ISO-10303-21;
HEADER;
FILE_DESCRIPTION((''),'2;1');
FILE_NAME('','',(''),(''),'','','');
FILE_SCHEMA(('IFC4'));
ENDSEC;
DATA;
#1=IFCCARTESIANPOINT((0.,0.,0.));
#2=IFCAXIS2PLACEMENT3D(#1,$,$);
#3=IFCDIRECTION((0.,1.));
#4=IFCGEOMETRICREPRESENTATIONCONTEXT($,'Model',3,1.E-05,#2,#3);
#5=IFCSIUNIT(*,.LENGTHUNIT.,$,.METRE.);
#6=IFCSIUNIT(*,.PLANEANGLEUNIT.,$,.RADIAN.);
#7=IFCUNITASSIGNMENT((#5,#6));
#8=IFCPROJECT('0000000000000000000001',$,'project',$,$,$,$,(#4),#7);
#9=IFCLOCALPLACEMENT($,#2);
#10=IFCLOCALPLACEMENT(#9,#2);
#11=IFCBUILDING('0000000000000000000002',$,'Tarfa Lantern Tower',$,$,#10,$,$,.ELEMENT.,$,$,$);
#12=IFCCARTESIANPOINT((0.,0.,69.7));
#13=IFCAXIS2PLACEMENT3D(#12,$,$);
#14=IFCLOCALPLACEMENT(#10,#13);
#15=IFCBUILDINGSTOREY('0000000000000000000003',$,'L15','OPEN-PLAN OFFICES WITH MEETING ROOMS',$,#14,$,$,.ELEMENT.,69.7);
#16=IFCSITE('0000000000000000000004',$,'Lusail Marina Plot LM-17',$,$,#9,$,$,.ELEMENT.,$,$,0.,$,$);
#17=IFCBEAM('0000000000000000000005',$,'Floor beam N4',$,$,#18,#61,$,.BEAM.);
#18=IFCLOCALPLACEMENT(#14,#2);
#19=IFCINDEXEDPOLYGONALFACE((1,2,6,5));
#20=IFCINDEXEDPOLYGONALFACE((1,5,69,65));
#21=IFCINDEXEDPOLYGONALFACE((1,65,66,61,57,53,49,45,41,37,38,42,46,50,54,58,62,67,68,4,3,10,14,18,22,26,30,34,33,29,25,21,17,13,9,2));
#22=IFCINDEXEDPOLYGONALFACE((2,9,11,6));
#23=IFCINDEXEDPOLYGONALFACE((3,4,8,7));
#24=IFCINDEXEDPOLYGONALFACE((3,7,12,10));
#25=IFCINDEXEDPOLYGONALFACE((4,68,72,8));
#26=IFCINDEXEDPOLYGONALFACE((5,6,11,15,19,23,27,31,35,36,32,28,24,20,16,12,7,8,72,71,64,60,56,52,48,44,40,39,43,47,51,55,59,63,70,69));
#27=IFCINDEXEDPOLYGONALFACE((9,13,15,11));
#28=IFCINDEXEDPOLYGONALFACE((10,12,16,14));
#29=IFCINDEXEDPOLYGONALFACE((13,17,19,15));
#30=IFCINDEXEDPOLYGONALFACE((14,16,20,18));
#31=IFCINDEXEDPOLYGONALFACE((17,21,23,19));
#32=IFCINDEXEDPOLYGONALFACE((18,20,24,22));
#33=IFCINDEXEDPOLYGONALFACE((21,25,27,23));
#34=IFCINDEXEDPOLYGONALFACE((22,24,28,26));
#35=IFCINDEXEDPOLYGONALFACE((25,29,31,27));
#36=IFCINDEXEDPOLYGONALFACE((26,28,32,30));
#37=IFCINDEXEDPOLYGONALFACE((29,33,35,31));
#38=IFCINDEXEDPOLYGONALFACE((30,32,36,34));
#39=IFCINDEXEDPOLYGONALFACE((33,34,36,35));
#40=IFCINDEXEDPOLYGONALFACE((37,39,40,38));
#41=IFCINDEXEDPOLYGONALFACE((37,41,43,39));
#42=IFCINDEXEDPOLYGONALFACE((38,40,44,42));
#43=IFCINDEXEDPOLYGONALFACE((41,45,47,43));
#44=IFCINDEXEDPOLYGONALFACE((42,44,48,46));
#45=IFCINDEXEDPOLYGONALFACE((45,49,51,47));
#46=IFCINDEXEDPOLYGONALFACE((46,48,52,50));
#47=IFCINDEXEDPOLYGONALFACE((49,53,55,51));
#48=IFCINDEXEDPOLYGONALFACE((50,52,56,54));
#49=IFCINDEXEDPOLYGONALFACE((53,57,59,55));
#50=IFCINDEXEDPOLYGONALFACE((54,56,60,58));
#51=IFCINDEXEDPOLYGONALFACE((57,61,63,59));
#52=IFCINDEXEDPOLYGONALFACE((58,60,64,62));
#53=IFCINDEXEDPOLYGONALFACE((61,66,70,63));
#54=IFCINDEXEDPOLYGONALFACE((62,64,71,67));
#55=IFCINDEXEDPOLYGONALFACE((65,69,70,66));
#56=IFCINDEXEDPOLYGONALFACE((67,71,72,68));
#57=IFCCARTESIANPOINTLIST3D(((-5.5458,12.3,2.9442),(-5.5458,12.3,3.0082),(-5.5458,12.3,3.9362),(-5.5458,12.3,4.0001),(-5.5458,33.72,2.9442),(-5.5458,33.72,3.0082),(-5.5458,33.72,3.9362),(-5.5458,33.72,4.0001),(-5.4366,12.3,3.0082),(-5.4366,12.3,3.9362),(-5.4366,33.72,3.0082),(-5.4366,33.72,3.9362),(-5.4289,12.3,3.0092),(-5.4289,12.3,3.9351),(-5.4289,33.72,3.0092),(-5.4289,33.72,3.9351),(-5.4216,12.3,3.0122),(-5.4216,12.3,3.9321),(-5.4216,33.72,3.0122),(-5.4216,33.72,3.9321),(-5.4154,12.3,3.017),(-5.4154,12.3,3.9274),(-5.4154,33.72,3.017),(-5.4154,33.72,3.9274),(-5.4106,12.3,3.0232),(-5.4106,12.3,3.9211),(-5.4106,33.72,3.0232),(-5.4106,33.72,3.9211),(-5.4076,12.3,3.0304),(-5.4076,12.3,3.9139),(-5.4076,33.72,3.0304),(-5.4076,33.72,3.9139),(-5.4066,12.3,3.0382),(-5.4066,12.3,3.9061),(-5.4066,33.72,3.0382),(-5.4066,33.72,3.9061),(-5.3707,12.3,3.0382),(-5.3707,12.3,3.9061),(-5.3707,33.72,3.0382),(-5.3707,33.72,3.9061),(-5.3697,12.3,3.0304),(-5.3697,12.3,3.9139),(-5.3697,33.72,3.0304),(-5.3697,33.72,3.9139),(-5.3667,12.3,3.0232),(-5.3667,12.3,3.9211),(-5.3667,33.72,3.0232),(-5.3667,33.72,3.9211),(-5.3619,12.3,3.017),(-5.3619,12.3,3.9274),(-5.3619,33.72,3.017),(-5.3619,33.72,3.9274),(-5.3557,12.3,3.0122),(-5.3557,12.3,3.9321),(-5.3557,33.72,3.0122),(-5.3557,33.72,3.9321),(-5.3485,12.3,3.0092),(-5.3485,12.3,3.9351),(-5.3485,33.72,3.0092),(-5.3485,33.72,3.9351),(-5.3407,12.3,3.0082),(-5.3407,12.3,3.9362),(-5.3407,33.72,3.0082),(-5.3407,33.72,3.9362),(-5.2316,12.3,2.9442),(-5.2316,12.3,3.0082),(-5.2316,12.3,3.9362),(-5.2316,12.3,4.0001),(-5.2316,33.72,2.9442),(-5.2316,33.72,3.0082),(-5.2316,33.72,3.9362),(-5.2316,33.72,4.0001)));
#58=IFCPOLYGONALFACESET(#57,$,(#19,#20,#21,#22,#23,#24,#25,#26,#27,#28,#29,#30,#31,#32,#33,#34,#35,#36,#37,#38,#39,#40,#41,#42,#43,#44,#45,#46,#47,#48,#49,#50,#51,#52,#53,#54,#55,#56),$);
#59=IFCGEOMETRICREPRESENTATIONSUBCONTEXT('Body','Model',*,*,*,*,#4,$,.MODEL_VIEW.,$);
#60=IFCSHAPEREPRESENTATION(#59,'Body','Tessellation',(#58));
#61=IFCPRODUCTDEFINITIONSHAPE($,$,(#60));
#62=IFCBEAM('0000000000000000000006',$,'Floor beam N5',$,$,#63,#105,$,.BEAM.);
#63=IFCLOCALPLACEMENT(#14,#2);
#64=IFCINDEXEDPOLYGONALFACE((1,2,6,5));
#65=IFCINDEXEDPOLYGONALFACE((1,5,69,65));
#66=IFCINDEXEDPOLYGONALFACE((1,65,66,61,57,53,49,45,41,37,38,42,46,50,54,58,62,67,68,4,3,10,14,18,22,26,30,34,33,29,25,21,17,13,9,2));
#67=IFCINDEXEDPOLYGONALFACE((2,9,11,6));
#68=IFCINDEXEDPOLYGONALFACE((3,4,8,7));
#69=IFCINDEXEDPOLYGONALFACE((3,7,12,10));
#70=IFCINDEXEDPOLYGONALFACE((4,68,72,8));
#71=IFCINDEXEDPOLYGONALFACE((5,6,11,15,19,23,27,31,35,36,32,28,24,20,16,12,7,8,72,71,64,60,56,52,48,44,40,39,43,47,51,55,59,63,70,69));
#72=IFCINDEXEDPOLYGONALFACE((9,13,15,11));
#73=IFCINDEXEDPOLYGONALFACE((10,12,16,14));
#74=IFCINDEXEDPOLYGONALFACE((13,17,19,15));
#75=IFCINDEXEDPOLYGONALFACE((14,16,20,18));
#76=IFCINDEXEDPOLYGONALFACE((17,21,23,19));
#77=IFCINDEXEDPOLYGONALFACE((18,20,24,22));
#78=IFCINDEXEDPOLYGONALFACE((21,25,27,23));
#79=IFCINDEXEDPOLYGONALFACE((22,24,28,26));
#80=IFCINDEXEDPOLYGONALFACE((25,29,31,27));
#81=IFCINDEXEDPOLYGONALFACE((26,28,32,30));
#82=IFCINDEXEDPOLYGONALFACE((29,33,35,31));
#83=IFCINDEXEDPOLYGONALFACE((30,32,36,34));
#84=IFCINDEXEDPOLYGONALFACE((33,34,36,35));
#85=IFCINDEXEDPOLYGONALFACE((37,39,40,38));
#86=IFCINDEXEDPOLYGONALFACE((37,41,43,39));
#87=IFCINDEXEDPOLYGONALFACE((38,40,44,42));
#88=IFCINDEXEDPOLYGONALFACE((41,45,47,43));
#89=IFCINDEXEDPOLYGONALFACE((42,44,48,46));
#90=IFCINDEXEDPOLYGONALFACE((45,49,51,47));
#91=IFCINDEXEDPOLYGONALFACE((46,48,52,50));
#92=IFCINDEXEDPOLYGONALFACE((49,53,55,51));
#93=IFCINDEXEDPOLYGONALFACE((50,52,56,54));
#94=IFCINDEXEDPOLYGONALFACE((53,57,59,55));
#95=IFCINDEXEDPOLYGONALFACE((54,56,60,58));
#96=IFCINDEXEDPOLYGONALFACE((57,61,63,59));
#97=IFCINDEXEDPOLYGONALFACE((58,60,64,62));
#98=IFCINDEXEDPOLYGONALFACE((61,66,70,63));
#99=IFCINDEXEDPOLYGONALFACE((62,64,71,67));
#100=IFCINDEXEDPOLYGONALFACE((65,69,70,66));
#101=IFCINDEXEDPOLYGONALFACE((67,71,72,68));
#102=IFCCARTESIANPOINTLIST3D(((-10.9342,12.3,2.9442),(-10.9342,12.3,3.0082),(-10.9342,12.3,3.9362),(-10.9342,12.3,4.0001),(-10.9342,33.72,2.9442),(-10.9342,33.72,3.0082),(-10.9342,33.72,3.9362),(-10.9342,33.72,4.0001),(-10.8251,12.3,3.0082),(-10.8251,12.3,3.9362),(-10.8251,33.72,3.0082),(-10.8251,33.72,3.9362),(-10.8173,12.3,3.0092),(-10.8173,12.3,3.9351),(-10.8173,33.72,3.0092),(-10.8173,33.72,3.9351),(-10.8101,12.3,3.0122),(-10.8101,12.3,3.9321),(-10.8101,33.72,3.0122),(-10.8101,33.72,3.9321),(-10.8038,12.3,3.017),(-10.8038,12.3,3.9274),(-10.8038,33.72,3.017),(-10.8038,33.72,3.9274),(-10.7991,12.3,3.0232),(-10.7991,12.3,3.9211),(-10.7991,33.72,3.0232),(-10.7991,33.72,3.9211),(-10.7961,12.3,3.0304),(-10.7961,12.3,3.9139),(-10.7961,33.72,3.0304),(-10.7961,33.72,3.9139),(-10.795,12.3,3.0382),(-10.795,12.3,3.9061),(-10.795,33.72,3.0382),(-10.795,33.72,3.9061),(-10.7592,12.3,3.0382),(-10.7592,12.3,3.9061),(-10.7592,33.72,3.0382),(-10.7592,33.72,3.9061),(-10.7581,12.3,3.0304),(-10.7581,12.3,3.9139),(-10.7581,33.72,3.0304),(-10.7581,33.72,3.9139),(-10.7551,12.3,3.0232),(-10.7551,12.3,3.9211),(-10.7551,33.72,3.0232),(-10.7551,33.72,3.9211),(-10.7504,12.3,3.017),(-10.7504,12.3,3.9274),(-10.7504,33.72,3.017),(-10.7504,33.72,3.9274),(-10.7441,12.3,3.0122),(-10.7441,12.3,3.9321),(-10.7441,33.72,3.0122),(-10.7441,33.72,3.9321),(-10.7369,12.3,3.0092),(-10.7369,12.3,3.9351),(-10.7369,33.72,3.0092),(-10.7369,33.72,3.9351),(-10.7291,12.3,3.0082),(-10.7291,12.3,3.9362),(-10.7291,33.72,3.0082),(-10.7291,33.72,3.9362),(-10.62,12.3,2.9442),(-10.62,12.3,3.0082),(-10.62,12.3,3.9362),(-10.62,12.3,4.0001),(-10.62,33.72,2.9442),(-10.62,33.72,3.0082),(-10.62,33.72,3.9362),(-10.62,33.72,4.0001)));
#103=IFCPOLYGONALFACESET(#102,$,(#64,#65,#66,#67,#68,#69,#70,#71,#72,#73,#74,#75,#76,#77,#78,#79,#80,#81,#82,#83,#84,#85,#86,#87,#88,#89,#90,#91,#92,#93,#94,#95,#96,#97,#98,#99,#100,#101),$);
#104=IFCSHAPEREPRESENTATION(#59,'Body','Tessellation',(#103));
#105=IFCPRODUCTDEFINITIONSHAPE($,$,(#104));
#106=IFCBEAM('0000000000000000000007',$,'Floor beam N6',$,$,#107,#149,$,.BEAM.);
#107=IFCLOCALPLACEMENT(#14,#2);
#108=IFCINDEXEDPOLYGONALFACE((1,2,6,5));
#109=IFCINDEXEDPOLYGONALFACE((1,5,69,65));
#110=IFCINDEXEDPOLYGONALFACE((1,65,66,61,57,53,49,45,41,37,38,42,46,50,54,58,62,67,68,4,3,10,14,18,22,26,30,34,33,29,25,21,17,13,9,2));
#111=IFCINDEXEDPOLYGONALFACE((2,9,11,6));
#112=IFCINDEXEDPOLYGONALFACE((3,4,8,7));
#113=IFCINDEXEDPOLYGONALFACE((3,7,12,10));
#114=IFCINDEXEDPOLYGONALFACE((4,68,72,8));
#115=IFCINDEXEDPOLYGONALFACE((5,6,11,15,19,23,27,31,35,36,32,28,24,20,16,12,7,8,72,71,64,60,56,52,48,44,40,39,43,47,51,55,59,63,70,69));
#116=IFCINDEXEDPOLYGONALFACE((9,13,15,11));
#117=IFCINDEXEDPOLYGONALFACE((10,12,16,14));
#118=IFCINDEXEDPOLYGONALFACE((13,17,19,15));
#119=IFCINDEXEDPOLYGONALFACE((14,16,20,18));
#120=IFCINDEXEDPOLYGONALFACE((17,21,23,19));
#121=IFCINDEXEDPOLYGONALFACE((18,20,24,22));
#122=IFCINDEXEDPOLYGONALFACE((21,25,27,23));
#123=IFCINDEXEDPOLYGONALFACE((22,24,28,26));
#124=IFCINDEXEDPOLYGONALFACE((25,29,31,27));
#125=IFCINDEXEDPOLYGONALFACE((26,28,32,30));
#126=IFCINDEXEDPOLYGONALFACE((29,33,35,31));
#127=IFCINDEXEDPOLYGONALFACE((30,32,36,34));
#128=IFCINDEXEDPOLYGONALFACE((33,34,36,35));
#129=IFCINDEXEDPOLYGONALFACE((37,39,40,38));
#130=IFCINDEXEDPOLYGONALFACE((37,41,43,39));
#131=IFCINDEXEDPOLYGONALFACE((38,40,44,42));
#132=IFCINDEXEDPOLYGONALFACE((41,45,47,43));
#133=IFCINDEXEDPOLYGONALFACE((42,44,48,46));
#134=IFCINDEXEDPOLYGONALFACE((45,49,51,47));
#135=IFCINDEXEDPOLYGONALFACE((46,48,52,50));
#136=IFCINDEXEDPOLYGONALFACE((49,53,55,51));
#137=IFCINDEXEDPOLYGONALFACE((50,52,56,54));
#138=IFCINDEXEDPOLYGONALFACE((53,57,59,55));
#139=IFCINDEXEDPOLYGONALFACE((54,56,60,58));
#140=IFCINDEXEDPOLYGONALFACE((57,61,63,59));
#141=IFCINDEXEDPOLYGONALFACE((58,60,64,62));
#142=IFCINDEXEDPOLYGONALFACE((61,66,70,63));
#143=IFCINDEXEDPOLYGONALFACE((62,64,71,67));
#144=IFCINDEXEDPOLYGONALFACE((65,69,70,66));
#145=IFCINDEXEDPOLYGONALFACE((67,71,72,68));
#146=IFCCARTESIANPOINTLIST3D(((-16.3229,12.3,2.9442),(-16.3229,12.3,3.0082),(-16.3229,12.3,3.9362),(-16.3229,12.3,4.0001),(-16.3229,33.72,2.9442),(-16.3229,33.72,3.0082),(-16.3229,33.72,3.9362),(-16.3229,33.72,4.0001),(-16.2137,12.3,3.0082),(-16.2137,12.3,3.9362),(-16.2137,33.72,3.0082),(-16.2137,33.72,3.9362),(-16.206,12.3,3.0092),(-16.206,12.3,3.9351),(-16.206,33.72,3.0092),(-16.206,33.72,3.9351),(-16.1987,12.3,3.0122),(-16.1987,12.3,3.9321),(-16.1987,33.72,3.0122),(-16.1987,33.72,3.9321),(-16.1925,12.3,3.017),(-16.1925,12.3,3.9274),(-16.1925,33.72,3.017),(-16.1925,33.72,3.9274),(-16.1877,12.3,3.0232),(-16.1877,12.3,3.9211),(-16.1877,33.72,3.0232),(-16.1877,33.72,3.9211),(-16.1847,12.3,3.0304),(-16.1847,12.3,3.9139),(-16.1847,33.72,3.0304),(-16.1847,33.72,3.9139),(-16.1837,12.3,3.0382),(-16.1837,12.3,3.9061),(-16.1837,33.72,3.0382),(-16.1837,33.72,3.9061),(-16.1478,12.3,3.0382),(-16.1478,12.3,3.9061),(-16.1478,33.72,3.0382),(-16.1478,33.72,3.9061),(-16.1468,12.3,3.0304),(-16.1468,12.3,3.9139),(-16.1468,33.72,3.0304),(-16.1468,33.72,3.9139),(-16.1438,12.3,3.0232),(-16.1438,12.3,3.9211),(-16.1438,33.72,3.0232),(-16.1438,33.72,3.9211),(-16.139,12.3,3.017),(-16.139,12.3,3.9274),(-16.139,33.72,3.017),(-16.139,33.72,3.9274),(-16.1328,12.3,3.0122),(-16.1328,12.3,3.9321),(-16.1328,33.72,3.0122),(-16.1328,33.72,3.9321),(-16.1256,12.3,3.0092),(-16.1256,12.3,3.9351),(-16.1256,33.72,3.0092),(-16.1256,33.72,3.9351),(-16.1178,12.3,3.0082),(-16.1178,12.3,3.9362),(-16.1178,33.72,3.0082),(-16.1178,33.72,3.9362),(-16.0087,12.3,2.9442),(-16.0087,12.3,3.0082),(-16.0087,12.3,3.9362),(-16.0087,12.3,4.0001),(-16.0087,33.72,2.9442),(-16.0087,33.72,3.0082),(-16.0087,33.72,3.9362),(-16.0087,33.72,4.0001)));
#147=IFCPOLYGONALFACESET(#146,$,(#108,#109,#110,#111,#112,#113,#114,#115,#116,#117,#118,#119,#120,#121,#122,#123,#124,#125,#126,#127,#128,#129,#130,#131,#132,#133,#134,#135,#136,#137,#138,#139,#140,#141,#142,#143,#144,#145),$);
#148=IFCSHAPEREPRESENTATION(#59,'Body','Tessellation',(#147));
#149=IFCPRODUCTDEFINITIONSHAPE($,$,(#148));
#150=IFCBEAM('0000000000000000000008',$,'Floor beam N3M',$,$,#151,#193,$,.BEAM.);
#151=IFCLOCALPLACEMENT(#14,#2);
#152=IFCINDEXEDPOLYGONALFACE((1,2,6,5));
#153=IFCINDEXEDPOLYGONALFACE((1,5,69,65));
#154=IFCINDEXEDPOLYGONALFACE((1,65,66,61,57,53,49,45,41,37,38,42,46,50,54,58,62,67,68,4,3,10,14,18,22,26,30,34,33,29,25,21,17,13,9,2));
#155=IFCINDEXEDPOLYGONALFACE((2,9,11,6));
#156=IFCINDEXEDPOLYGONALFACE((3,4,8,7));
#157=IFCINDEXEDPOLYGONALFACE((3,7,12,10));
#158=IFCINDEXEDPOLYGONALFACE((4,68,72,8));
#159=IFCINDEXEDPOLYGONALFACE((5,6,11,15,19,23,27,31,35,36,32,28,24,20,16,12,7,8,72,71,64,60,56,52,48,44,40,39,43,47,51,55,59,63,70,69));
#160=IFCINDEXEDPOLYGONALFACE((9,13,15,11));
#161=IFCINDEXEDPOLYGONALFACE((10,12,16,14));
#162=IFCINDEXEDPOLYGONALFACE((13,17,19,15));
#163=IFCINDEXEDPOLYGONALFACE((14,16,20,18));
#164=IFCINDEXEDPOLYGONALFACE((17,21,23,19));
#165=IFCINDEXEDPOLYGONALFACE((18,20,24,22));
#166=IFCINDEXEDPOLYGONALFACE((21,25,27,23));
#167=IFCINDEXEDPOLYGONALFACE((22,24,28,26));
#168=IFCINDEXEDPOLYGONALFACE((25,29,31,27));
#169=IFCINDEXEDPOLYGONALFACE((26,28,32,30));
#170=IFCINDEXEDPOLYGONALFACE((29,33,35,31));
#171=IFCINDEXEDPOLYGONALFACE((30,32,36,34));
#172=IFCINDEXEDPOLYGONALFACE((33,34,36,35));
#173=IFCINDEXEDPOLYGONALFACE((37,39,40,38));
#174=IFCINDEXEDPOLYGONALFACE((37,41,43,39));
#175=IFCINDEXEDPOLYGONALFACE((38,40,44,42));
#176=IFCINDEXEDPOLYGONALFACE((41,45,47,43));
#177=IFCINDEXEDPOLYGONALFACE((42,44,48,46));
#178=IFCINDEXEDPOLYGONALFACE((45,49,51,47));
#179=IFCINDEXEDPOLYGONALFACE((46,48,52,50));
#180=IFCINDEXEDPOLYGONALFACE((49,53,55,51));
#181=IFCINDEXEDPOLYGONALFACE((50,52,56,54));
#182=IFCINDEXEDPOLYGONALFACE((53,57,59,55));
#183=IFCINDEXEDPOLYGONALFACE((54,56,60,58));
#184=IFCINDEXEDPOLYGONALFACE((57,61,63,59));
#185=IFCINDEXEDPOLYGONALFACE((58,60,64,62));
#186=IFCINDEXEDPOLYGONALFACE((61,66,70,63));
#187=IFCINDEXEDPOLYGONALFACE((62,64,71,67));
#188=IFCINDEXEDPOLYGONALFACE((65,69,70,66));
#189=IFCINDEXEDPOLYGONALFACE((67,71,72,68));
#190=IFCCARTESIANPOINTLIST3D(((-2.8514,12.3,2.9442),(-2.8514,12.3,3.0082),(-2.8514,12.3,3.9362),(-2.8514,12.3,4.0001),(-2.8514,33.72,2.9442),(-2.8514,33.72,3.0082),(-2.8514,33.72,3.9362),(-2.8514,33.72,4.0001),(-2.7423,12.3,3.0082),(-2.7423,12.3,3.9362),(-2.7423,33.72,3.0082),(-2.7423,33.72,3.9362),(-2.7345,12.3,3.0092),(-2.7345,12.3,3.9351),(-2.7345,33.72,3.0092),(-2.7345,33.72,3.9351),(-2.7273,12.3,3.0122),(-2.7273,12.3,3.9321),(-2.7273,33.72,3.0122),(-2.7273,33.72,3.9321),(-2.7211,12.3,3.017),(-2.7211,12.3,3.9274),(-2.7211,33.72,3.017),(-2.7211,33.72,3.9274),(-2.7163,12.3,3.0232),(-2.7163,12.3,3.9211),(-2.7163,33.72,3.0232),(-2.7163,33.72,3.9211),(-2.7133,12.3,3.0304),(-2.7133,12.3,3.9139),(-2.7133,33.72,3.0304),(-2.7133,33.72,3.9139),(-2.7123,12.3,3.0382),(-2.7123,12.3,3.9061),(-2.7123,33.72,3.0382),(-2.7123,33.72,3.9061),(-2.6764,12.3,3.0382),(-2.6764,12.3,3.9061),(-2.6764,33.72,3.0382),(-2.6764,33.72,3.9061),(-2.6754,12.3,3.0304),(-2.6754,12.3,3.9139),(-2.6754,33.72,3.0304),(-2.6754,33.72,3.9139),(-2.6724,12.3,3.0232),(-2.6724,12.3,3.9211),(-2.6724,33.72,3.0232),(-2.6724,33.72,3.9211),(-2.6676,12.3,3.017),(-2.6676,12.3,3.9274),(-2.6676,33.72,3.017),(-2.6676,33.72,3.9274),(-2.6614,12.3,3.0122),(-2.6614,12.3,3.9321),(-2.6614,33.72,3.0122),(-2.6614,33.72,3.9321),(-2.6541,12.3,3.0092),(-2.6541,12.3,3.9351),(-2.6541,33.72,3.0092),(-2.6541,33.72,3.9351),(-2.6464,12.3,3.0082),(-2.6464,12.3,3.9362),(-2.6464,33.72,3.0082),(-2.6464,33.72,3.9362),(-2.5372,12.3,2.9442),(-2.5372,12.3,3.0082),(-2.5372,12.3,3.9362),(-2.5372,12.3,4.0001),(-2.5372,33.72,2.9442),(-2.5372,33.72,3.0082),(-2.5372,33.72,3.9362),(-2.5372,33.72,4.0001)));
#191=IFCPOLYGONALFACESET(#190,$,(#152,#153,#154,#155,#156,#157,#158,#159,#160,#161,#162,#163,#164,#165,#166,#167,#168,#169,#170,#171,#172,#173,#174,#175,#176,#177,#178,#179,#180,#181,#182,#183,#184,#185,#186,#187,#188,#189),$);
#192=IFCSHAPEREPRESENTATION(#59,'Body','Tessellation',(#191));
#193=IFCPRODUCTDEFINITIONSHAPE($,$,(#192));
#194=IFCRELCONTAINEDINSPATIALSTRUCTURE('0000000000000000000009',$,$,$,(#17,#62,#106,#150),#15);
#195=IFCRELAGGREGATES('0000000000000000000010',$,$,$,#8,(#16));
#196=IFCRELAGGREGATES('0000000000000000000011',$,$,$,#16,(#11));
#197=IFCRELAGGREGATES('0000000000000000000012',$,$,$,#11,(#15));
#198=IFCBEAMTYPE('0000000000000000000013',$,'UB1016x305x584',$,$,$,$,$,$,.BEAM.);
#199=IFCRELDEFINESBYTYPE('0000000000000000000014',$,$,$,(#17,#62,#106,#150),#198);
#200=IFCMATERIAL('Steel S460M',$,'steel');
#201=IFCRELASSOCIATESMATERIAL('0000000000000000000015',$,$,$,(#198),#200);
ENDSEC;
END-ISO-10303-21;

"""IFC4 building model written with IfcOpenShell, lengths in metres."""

from ifc_helpers import new_model, si_unit, direction, frame, origin, origin_2d, place, context, subcontext, project, spatial, i_section, extrude, material, material_profile, profile_set, type_object, element, save


model = new_model("IFC4")

# Units and contexts
model_context = context("Model", 3, precision=1e-05, world=origin(), true_north=direction((0.0, 1.0)))
body_context = subcontext(model_context, "Body", "Model", "MODEL_VIEW")
ifc_project = project(units=[si_unit("LENGTHUNIT", "METRE"), si_unit("PLANEANGLEUNIT", "RADIAN")], contexts=[model_context])

# Site, building, storey
site_placement = place(None, origin())
site = spatial("IfcSite", under=ifc_project, at=site_placement, Name="Lusail Marina Plot LM-17", CompositionType="ELEMENT", RefElevation=0.0)
building_placement = place(site_placement, origin())
building = spatial("IfcBuilding", under=site, at=building_placement, Name="Tarfa Lantern Tower", CompositionType="ELEMENT")
storey_placement = place(building_placement, frame((0.0, 0.0, 69.7)))
storey = spatial("IfcBuildingStorey", under=building, at=storey_placement, Name="L15", Description="OPEN-PLAN OFFICES WITH MEETING ROOMS", CompositionType="ELEMENT", Elevation=69.7)

# Beams
ifc_material_1 = material(Name="Steel S460M", Category="steel")
ifc_material_profile_1 = material_profile(ifc_material_1, i_section(OverallWidth=0.3142, OverallDepth=1.0559, WebThickness=0.0359, FlangeThickness=0.064, FilletRadius=0.03, at=origin_2d()), Name="UB1016x305x584")
ifc_profile_set_1 = profile_set([ifc_material_profile_1], Name="Steel S460M")
beam_type_1 = type_object("IfcBeamType", Name="UB1016x305x584", PredefinedType="BEAM", material=ifc_profile_set_1)
for number, where, z_axis, x_axis, name in (
    (1, (-5.3887, 33.72, 3.4722), (0.0, -1.0, 0.0), (1.0, 0.0, 0.0), "Floor beam N4"),
    (2, (-10.7771, 33.72, 3.4722), (0.0, -1.0, 0.0), (1.0, 0.0, 0.0), "Floor beam N5"),
    (3, (-16.1658, 33.72, 3.4722), (0.0, -1.0, 0.0), (1.0, 0.0, 0.0), "Floor beam N6"),
    (4, (-2.6943, 33.72, 3.4722), (0.0, -1.0, 0.0), (1.0, 0.0, 0.0), "Floor beam N3M"),
):
    element("IfcBeam", number, at=place(storey_placement, frame(where, z_axis=z_axis, x_axis=x_axis)), inside=storey, type_object=beam_type_1, Name=name, PredefinedType="BEAM", context=body_context, shape_type="SweptSolid", body=[
        extrude(i_section(OverallWidth=0.3142, OverallDepth=1.0559, WebThickness=0.0359, FlangeThickness=0.064, FilletRadius=0.03, at=origin_2d()), origin(), (0.0, 0.0, 1.0), 21.4199),
    ])

save(model, "model.ifc")
